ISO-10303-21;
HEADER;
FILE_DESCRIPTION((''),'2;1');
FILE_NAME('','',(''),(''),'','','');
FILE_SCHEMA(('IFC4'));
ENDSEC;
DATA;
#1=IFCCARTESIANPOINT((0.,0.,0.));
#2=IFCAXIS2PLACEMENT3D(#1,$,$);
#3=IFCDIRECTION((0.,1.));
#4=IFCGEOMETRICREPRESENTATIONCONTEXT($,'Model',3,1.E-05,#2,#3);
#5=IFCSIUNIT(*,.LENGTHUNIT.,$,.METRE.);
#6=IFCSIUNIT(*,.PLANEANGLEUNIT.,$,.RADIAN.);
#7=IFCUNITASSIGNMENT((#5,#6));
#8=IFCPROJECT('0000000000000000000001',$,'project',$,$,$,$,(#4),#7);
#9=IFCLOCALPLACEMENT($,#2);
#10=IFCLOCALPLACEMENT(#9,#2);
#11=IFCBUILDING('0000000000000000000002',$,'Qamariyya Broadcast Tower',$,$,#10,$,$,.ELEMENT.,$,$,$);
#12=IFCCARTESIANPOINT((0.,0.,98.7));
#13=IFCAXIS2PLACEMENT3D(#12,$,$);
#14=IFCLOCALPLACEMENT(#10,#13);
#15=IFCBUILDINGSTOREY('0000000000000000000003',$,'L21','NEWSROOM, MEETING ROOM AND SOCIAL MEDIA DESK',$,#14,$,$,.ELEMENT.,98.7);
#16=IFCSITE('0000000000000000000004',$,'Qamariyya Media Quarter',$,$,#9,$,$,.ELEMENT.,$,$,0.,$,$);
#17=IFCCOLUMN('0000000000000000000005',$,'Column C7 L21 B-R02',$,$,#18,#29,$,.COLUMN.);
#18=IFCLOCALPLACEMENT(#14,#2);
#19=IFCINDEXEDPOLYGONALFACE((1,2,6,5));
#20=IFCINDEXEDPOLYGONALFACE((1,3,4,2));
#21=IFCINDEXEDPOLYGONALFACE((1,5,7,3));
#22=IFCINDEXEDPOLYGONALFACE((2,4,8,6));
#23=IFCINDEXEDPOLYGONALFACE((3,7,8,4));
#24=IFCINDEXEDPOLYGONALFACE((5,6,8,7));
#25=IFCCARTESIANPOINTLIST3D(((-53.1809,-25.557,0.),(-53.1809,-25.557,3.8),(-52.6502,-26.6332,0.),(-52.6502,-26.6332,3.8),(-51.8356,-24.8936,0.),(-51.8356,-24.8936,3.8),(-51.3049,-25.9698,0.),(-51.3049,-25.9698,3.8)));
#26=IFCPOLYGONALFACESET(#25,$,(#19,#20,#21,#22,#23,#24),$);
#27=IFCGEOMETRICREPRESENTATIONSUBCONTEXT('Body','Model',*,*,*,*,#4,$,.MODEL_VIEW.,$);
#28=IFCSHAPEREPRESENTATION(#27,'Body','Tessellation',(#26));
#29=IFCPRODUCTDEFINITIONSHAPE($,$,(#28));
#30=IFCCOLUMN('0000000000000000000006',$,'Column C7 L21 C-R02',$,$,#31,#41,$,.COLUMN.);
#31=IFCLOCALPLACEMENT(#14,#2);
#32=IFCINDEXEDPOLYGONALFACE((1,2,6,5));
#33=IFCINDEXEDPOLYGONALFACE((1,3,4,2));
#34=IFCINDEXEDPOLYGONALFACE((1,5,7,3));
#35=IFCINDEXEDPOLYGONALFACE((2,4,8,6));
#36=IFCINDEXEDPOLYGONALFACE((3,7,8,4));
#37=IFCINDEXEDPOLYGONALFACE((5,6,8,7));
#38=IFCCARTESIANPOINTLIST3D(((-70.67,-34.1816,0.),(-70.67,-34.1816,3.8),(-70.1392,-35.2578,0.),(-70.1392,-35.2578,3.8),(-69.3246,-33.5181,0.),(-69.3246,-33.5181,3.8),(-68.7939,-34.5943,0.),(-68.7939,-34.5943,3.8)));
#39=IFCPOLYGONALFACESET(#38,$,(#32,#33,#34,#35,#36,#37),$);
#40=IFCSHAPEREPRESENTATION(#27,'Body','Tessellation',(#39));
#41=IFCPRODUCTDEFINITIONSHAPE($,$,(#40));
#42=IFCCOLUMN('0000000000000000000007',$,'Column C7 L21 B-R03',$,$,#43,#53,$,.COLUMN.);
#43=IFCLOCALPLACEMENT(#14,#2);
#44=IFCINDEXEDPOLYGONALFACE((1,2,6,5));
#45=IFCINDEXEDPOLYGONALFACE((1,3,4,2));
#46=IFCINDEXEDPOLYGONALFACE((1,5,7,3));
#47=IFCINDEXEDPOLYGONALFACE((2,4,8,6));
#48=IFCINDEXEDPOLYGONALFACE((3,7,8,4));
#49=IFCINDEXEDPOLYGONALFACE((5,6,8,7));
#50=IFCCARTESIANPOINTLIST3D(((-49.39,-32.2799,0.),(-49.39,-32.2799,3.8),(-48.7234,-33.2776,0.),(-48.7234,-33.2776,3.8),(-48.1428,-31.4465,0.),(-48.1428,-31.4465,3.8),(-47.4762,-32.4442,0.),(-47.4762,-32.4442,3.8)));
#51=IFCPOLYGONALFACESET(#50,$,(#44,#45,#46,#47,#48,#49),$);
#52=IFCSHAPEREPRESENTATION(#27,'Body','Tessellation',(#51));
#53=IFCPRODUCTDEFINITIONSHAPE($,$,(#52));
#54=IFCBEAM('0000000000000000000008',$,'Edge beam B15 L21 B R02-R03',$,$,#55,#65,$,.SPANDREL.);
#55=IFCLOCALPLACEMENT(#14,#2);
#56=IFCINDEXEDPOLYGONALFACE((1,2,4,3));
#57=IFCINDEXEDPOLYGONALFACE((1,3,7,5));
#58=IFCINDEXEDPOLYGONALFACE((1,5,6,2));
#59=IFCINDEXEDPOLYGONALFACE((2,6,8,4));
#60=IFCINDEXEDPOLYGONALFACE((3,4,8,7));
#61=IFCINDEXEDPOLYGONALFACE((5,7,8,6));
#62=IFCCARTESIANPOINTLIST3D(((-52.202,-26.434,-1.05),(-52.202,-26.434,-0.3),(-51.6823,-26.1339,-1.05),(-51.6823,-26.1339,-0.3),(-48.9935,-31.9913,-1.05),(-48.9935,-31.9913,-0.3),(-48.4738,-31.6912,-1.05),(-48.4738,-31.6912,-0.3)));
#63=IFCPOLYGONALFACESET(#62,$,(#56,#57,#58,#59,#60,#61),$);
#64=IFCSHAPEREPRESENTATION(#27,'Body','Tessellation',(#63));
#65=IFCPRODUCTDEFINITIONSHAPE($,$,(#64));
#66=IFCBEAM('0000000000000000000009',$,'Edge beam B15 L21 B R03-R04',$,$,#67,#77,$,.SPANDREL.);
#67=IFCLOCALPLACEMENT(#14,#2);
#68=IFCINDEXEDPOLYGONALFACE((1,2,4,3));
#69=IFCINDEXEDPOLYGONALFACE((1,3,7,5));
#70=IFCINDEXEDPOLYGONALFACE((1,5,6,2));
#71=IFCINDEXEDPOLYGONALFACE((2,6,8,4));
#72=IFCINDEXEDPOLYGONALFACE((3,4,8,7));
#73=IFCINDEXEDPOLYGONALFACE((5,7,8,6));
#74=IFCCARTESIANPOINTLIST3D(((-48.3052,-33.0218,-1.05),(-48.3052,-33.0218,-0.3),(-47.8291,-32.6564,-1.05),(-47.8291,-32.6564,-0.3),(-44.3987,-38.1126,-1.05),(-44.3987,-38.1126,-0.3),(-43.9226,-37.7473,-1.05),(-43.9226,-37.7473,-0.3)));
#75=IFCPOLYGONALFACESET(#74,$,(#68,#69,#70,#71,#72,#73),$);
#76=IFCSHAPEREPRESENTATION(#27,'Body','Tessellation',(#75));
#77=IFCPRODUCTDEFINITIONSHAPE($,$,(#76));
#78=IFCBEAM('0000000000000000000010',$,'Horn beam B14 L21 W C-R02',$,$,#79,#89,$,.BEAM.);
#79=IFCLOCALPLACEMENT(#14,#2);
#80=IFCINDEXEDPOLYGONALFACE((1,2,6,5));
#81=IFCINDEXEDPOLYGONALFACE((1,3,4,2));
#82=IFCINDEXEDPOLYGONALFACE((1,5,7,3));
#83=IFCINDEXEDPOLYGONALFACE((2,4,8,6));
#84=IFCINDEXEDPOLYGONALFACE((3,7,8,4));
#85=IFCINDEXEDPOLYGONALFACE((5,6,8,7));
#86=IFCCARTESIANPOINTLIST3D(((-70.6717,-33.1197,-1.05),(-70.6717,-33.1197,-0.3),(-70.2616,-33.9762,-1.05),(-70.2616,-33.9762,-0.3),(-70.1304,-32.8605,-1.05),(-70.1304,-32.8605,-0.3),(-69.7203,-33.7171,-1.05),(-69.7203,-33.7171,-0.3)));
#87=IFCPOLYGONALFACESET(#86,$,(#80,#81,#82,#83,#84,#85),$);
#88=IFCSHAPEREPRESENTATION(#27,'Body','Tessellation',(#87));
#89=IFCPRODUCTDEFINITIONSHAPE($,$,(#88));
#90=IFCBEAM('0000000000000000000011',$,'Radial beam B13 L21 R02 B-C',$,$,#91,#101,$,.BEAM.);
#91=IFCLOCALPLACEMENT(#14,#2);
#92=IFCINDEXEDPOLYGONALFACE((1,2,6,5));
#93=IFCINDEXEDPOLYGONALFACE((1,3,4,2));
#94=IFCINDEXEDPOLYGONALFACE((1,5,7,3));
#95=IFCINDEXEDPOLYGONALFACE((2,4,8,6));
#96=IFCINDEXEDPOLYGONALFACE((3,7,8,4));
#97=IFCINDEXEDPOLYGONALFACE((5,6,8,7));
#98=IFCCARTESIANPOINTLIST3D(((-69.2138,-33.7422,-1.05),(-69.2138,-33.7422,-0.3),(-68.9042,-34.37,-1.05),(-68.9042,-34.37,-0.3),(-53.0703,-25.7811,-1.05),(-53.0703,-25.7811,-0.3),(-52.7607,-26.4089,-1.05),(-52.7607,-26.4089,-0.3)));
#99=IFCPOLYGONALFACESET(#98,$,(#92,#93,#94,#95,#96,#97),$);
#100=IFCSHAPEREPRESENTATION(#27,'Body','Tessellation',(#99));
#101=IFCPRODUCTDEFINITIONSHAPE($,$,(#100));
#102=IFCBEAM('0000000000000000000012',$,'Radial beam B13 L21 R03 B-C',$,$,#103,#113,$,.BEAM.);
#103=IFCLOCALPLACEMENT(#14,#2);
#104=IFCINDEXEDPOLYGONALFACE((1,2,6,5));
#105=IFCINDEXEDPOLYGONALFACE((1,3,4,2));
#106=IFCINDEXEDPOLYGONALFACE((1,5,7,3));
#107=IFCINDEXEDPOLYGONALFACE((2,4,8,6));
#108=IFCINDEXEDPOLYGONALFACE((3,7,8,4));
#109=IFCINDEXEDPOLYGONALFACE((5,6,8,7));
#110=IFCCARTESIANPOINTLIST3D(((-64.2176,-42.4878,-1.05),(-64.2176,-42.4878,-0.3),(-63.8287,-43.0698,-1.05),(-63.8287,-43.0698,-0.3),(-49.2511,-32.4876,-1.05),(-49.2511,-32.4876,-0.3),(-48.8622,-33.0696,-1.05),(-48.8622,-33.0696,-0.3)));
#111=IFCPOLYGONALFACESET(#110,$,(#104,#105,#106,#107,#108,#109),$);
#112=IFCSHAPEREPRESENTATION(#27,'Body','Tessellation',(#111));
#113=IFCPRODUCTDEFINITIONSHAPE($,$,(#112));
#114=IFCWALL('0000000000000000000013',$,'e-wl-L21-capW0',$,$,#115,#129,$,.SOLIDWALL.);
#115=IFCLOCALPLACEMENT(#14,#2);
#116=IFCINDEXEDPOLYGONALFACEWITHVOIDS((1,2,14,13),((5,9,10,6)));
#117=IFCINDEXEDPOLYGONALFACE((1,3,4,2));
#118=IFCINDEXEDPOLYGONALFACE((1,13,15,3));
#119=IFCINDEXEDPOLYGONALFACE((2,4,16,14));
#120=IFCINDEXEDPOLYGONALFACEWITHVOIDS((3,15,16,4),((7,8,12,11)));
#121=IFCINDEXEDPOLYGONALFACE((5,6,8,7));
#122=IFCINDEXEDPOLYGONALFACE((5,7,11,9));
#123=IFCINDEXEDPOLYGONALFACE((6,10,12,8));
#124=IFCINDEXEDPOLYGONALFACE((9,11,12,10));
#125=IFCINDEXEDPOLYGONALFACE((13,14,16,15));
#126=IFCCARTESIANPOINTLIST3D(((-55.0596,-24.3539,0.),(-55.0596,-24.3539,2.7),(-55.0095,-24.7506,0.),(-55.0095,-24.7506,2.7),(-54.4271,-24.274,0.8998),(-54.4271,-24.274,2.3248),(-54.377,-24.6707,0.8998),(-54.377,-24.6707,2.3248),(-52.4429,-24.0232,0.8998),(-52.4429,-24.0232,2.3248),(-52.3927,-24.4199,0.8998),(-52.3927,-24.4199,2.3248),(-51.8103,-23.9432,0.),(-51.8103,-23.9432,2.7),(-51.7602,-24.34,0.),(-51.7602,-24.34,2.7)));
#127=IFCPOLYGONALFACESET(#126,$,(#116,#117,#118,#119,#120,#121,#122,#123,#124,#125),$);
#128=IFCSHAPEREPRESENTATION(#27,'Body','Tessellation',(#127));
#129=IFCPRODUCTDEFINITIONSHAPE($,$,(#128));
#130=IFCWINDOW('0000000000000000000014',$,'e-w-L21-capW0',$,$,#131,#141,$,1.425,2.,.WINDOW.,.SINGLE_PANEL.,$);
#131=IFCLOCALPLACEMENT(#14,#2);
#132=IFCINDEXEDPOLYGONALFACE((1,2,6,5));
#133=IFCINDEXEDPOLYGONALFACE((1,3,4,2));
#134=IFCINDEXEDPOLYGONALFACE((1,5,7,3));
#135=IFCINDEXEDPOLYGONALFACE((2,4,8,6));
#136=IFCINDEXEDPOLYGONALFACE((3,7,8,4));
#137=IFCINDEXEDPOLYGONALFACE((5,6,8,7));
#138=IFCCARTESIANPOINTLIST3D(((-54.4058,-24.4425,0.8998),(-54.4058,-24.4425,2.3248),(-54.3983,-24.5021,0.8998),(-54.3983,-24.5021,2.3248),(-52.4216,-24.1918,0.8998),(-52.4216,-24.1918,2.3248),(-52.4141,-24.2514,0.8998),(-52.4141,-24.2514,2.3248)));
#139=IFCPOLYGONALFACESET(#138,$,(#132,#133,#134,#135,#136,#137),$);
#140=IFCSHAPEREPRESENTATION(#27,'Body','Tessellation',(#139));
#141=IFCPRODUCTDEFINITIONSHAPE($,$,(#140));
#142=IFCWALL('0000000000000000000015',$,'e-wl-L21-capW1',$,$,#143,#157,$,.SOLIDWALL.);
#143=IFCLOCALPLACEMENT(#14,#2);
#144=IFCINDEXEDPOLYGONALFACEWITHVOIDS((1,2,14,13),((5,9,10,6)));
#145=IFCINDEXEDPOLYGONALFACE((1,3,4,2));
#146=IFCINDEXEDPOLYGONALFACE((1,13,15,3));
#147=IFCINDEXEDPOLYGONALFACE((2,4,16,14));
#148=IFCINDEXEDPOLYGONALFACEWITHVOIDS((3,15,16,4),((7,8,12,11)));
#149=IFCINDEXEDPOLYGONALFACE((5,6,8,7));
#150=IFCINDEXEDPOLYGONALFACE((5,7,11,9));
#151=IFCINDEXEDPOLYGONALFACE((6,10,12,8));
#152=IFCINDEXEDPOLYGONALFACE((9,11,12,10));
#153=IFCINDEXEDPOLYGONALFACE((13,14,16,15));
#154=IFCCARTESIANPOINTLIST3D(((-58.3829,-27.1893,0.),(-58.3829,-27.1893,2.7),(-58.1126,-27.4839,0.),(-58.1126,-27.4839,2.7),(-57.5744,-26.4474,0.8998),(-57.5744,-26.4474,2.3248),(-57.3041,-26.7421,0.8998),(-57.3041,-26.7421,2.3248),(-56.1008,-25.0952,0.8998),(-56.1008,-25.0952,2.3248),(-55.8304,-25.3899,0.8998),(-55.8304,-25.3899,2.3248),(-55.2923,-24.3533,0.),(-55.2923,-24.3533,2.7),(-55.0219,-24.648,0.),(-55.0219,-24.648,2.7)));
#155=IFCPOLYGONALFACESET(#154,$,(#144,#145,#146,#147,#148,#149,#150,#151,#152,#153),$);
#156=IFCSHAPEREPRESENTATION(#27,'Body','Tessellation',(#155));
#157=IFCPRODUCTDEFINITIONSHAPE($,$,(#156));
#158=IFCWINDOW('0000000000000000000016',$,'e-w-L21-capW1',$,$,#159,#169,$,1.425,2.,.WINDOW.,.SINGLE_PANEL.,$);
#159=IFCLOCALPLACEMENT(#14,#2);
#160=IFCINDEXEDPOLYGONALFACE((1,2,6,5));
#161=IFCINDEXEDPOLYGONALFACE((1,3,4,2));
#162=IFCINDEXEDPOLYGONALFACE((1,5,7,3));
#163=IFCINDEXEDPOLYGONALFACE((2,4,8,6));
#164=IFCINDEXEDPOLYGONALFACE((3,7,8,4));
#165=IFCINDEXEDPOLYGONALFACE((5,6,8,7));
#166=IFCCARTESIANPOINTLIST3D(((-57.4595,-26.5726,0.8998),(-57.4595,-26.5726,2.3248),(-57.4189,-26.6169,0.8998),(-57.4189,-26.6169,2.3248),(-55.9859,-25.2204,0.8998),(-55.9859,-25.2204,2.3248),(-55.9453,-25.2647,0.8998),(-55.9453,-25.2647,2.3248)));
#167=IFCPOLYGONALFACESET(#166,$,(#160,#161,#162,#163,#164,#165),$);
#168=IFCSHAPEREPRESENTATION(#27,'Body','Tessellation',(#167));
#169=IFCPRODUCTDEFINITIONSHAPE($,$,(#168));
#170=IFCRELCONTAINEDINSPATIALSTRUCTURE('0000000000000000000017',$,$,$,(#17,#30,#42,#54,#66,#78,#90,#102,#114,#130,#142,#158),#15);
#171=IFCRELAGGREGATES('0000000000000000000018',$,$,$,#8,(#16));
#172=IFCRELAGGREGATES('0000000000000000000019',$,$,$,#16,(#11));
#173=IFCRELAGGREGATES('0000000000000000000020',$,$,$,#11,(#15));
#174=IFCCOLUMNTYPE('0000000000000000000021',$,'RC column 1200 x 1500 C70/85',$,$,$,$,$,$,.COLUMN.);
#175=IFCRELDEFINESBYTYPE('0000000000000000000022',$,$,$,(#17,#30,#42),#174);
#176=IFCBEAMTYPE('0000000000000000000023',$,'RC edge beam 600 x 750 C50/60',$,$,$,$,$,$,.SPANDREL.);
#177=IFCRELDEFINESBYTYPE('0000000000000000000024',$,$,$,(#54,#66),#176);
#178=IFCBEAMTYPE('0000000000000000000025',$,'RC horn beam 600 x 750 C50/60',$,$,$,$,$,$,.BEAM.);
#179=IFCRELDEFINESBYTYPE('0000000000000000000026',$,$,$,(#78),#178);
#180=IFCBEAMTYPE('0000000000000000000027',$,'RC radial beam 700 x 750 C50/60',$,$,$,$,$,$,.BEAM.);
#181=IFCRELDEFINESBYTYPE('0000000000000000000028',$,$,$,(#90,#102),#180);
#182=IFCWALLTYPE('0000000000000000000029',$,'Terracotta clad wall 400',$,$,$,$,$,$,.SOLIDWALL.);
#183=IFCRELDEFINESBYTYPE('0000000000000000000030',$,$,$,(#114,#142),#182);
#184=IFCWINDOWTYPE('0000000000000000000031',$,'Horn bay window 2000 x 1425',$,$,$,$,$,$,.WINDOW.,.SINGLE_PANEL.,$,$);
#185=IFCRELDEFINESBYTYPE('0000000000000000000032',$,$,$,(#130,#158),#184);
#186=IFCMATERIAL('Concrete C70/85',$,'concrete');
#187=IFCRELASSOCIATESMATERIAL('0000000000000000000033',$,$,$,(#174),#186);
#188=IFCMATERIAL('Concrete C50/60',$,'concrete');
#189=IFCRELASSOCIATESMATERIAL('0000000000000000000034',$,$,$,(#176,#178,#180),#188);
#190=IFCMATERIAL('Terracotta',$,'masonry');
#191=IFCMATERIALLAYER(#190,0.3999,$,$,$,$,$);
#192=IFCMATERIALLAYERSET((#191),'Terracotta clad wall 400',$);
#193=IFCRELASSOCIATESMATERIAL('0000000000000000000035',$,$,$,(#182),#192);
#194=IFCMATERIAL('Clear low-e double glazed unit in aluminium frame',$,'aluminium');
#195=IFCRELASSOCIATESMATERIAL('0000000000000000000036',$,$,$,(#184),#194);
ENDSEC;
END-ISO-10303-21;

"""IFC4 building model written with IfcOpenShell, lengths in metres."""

from ifc_helpers import new_model, si_unit, direction, frame, frame_2d, origin, origin_2d, place, context, subcontext, project, spatial, rectangle, extrude, material, layer, layer_set, material_profile, profile_set, type_object, element, fill, save


model = new_model("IFC4")

# Units and contexts
model_context = context("Model", 3, precision=1e-05, world=origin(), true_north=direction((0.0, 1.0)))
body_context = subcontext(model_context, "Body", "Model", "MODEL_VIEW")
ifc_project = project(units=[si_unit("LENGTHUNIT", "METRE"), si_unit("PLANEANGLEUNIT", "RADIAN")], contexts=[model_context])

# Site, building, storey
site_placement = place(None, origin())
site = spatial("IfcSite", under=ifc_project, at=site_placement, Name="Qamariyya Media Quarter", CompositionType="ELEMENT", RefElevation=0.0)
building_placement = place(site_placement, origin())
building = spatial("IfcBuilding", under=site, at=building_placement, Name="Qamariyya Broadcast Tower", CompositionType="ELEMENT")
storey_placement = place(building_placement, frame((0.0, 0.0, 98.7)))
storey = spatial("IfcBuildingStorey", under=building, at=storey_placement, Name="L21", Description="NEWSROOM, MEETING ROOM AND SOCIAL MEDIA DESK", CompositionType="ELEMENT", Elevation=98.7)

# Columns
ifc_material_1 = material(Name="Concrete C70/85", Category="concrete")
ifc_material_profile_1 = material_profile(ifc_material_1, rectangle(XDim=1.2, YDim=1.5, at=origin_2d()))
ifc_profile_set_1 = profile_set([ifc_material_profile_1], Name="Concrete C70/85")
column_type = type_object("IfcColumnType", Name="RC column 1200 x 1500 C70/85", PredefinedType="COLUMN", material=ifc_profile_set_1)
for number, where, z_axis, x_axis, name in (
    (1, (-52.2429, -25.7634, 0.0), (0.0, 0.0, 1.0), (0.442289, -0.896873, 0.0), "Column C7 L21 B-R02"),
    (2, (-69.7319, -34.3879, 0.0), (0.0, 0.0, 1.0), (0.442289, -0.896873, 0.0), "Column C7 L21 C-R02"),
    (3, (-48.4331, -32.3621, 0.0), (0.0, 0.0, 1.0), (0.55557, -0.83147, 0.0), "Column C7 L21 B-R03"),
):
    element("IfcColumn", number, at=place(storey_placement, frame(where, z_axis=z_axis, x_axis=x_axis)), inside=storey, type_object=column_type, Name=name, PredefinedType="COLUMN", context=body_context, shape_type="SweptSolid", body=[
        extrude(rectangle(XDim=1.2, YDim=1.5, at=origin_2d()), origin(), (0.0, 0.0, 1.0), 3.8),
    ])

# Beams
ifc_material_2 = material(Name="Concrete C50/60", Category="concrete")
ifc_material_profile_2 = material_profile(ifc_material_2, rectangle(XDim=0.6001, YDim=0.75, at=origin_2d()))
ifc_profile_set_2 = profile_set([ifc_material_profile_2], Name="Concrete C50/60")
beam_type_1 = type_object("IfcBeamType", Name="RC edge beam 600 x 750 C50/60", PredefinedType="SPANDREL", material=ifc_profile_set_2)
for number, where, z_axis, x_axis, name in (
    (4, (-51.9421, -26.2839, -0.675), (0.499994, -0.866029, 0.0), (0.866029, 0.499994, 0.0), "Edge beam B15 L21 B R02-R03"),
    (5, (-48.0671, -32.8391, -0.675), (0.608778, -0.793341, 0.0), (0.793341, 0.608778, 0.0), "Edge beam B15 L21 B R03-R04"),
):
    element("IfcBeam", number, at=place(storey_placement, frame(where, z_axis=z_axis, x_axis=x_axis)), inside=storey, type_object=beam_type_1, Name=name, PredefinedType="SPANDREL", context=body_context, shape_type="SweptSolid", body=[
        extrude(rectangle(XDim=0.6001, YDim=0.75, at=origin_2d()), origin(), (0.0, 0.0, 1.0), 6.417),
    ])
ifc_material_profile_3 = material_profile(ifc_material_2, rectangle(XDim=0.6001, YDim=0.75, at=origin_2d()))
ifc_profile_set_3 = profile_set([ifc_material_profile_3], Name="Concrete C50/60")
beam_type_2 = type_object("IfcBeamType", Name="RC horn beam 600 x 750 C50/60", PredefinedType="BEAM", material=ifc_profile_set_3)
beam_1_placement = place(storey_placement, frame((-69.991, -33.8467, -0.675), z_axis=(-0.431828, 0.901956, 0.0), x_axis=(-0.901956, -0.431828, 0.0)))
element("IfcBeam", 6, at=beam_1_placement, inside=storey, type_object=beam_type_2, Name="Horn beam B14 L21 W C-R02", PredefinedType="BEAM", context=body_context, shape_type="SweptSolid", body=[
    extrude(rectangle(XDim=0.6001, YDim=0.75, at=origin_2d()), origin(), (0.0, 0.0, 1.0), 0.9497),
])
ifc_material_profile_4 = material_profile(ifc_material_2, rectangle(XDim=0.7, YDim=0.75, at=origin_2d()))
ifc_profile_set_4 = profile_set([ifc_material_profile_4], Name="Concrete C50/60")
beam_type_3 = type_object("IfcBeamType", Name="RC radial beam 700 x 750 C50/60", PredefinedType="BEAM", material=ifc_profile_set_4)
beam_2_placement = place(storey_placement, frame((-52.9155, -26.095, -0.675), z_axis=(-0.896871, -0.442291, 0.0), x_axis=(0.442291, -0.896871, 0.0)))
element("IfcBeam", 7, at=beam_2_placement, inside=storey, type_object=beam_type_3, Name="Radial beam B13 L21 R02 B-C", PredefinedType="BEAM", context=body_context, shape_type="SweptSolid", body=[
    extrude(rectangle(XDim=0.7, YDim=0.75, at=origin_2d()), origin(), (0.0, 0.0, 1.0), 17.9998),
])
beam_3_placement = place(storey_placement, frame((-49.0566, -32.7786, -0.675), z_axis=(-0.831472, -0.555567, 0.0), x_axis=(0.555567, -0.831472, 0.0)))
element("IfcBeam", 8, at=beam_3_placement, inside=storey, type_object=beam_type_3, Name="Radial beam B13 L21 R03 B-C", PredefinedType="BEAM", context=body_context, shape_type="SweptSolid", body=[
    extrude(rectangle(XDim=0.7, YDim=0.75, at=origin_2d()), origin(), (0.0, 0.0, 1.0), 18.0),
])

# Walls, openings, windows
ifc_material_3 = material(Name="Terracotta", Category="masonry")
ifc_layer = layer(ifc_material_3, 0.3999)
ifc_layer_set = layer_set([ifc_layer], Name="Terracotta clad wall 400")
wall_type = type_object("IfcWallType", Name="Terracotta clad wall 400", PredefinedType="SOLIDWALL", material=ifc_layer_set)
wall_1_placement = place(storey_placement, frame((-51.7852, -24.1416, 0.0), z_axis=(0.0, 0.0, 1.0), x_axis=(-0.992108, -0.125383, 0.0)))
wall_1 = element("IfcWall", 9, at=wall_1_placement, inside=storey, type_object=wall_type, Name="e-wl-L21-capW0", PredefinedType="SOLIDWALL", context=body_context, shape_type="SweptSolid", body=[
    extrude(rectangle(XDim=3.2751, YDim=0.3999, at=frame_2d((1.6377, 0.0))), origin(), (0.0, 0.0, 1.0), 2.7),
])
opening_1_placement = place(wall_1_placement, frame((0.6377, 0.0, 0.8999)))
opening_1 = element("IfcOpeningElement", 10, at=opening_1_placement, cuts=wall_1, PredefinedType="OPENING", context=body_context, shape_type="SweptSolid", body=[
    extrude(rectangle(XDim=2.0, YDim=1.425, at=frame_2d((1.0, 0.7124))), frame((0.0, 0.21, 0.0), z_axis=(0.0, -1.0, 0.0), x_axis=(1.0, 0.0, 0.0)), (0.0, 0.0, 1.0), 0.4199),
])
ifc_material_4 = material(Name="Clear low-e double glazed unit in aluminium frame", Category="aluminium")
window_type_1 = type_object("IfcWindowType", Name="Horn bay window 2000 x 1425", PartitioningType="SINGLE_PANEL", PredefinedType="WINDOW", material=ifc_material_4)
window_1_placement = place(opening_1_placement, origin())
window_1 = element("IfcWindow", 11, at=window_1_placement, inside=storey, type_object=window_type_1, Name="e-w-L21-capW0", OverallHeight=1.425, OverallWidth=2.0, PartitioningType="SINGLE_PANEL", PredefinedType="WINDOW", context=body_context, shape_type="SweptSolid", body=[
    extrude(rectangle(XDim=2.0, YDim=1.425, at=frame_2d((1.0, 0.7124))), frame((0.0, 0.03, 0.0), z_axis=(0.0, -1.0, 0.0), x_axis=(1.0, 0.0, 0.0)), (0.0, 0.0, 1.0), 0.0601),
])
fill(opening_1, window_1)
wall_2_placement = place(storey_placement, frame((-55.1572, -24.5007, 0.0), z_axis=(0.0, 0.0, 1.0), x_axis=(-0.736809, -0.676101, 0.0)))
wall_2 = element("IfcWall", 12, at=wall_2_placement, inside=storey, type_object=wall_type, Name="e-wl-L21-capW1", PredefinedType="SOLIDWALL", context=body_context, shape_type="SweptSolid", body=[
    extrude(rectangle(XDim=4.1946, YDim=0.3999, at=frame_2d((2.0972, 0.0))), origin(), (0.0, 0.0, 1.0), 2.7),
])
opening_2_placement = place(wall_2_placement, frame((1.0972, 0.0, 0.8999)))
opening_2 = element("IfcOpeningElement", 13, at=opening_2_placement, cuts=wall_2, PredefinedType="OPENING", context=body_context, shape_type="SweptSolid", body=[
    extrude(rectangle(XDim=2.0, YDim=1.425, at=frame_2d((1.0, 0.7124))), frame((0.0, 0.21, 0.0), z_axis=(0.0, -1.0, 0.0), x_axis=(1.0, 0.0, 0.0)), (0.0, 0.0, 1.0), 0.4199),
])
window_2_placement = place(opening_2_placement, origin())
window_2 = element("IfcWindow", 14, at=window_2_placement, inside=storey, type_object=window_type_1, Name="e-w-L21-capW1", OverallHeight=1.425, OverallWidth=2.0, PartitioningType="SINGLE_PANEL", PredefinedType="WINDOW", context=body_context, shape_type="SweptSolid", body=[
    extrude(rectangle(XDim=2.0, YDim=1.425, at=frame_2d((1.0, 0.7124))), frame((0.0, 0.03, 0.0), z_axis=(0.0, -1.0, 0.0), x_axis=(1.0, 0.0, 0.0)), (0.0, 0.0, 1.0), 0.0601),
])
fill(opening_2, window_2)

save(model, "model.ifc")
